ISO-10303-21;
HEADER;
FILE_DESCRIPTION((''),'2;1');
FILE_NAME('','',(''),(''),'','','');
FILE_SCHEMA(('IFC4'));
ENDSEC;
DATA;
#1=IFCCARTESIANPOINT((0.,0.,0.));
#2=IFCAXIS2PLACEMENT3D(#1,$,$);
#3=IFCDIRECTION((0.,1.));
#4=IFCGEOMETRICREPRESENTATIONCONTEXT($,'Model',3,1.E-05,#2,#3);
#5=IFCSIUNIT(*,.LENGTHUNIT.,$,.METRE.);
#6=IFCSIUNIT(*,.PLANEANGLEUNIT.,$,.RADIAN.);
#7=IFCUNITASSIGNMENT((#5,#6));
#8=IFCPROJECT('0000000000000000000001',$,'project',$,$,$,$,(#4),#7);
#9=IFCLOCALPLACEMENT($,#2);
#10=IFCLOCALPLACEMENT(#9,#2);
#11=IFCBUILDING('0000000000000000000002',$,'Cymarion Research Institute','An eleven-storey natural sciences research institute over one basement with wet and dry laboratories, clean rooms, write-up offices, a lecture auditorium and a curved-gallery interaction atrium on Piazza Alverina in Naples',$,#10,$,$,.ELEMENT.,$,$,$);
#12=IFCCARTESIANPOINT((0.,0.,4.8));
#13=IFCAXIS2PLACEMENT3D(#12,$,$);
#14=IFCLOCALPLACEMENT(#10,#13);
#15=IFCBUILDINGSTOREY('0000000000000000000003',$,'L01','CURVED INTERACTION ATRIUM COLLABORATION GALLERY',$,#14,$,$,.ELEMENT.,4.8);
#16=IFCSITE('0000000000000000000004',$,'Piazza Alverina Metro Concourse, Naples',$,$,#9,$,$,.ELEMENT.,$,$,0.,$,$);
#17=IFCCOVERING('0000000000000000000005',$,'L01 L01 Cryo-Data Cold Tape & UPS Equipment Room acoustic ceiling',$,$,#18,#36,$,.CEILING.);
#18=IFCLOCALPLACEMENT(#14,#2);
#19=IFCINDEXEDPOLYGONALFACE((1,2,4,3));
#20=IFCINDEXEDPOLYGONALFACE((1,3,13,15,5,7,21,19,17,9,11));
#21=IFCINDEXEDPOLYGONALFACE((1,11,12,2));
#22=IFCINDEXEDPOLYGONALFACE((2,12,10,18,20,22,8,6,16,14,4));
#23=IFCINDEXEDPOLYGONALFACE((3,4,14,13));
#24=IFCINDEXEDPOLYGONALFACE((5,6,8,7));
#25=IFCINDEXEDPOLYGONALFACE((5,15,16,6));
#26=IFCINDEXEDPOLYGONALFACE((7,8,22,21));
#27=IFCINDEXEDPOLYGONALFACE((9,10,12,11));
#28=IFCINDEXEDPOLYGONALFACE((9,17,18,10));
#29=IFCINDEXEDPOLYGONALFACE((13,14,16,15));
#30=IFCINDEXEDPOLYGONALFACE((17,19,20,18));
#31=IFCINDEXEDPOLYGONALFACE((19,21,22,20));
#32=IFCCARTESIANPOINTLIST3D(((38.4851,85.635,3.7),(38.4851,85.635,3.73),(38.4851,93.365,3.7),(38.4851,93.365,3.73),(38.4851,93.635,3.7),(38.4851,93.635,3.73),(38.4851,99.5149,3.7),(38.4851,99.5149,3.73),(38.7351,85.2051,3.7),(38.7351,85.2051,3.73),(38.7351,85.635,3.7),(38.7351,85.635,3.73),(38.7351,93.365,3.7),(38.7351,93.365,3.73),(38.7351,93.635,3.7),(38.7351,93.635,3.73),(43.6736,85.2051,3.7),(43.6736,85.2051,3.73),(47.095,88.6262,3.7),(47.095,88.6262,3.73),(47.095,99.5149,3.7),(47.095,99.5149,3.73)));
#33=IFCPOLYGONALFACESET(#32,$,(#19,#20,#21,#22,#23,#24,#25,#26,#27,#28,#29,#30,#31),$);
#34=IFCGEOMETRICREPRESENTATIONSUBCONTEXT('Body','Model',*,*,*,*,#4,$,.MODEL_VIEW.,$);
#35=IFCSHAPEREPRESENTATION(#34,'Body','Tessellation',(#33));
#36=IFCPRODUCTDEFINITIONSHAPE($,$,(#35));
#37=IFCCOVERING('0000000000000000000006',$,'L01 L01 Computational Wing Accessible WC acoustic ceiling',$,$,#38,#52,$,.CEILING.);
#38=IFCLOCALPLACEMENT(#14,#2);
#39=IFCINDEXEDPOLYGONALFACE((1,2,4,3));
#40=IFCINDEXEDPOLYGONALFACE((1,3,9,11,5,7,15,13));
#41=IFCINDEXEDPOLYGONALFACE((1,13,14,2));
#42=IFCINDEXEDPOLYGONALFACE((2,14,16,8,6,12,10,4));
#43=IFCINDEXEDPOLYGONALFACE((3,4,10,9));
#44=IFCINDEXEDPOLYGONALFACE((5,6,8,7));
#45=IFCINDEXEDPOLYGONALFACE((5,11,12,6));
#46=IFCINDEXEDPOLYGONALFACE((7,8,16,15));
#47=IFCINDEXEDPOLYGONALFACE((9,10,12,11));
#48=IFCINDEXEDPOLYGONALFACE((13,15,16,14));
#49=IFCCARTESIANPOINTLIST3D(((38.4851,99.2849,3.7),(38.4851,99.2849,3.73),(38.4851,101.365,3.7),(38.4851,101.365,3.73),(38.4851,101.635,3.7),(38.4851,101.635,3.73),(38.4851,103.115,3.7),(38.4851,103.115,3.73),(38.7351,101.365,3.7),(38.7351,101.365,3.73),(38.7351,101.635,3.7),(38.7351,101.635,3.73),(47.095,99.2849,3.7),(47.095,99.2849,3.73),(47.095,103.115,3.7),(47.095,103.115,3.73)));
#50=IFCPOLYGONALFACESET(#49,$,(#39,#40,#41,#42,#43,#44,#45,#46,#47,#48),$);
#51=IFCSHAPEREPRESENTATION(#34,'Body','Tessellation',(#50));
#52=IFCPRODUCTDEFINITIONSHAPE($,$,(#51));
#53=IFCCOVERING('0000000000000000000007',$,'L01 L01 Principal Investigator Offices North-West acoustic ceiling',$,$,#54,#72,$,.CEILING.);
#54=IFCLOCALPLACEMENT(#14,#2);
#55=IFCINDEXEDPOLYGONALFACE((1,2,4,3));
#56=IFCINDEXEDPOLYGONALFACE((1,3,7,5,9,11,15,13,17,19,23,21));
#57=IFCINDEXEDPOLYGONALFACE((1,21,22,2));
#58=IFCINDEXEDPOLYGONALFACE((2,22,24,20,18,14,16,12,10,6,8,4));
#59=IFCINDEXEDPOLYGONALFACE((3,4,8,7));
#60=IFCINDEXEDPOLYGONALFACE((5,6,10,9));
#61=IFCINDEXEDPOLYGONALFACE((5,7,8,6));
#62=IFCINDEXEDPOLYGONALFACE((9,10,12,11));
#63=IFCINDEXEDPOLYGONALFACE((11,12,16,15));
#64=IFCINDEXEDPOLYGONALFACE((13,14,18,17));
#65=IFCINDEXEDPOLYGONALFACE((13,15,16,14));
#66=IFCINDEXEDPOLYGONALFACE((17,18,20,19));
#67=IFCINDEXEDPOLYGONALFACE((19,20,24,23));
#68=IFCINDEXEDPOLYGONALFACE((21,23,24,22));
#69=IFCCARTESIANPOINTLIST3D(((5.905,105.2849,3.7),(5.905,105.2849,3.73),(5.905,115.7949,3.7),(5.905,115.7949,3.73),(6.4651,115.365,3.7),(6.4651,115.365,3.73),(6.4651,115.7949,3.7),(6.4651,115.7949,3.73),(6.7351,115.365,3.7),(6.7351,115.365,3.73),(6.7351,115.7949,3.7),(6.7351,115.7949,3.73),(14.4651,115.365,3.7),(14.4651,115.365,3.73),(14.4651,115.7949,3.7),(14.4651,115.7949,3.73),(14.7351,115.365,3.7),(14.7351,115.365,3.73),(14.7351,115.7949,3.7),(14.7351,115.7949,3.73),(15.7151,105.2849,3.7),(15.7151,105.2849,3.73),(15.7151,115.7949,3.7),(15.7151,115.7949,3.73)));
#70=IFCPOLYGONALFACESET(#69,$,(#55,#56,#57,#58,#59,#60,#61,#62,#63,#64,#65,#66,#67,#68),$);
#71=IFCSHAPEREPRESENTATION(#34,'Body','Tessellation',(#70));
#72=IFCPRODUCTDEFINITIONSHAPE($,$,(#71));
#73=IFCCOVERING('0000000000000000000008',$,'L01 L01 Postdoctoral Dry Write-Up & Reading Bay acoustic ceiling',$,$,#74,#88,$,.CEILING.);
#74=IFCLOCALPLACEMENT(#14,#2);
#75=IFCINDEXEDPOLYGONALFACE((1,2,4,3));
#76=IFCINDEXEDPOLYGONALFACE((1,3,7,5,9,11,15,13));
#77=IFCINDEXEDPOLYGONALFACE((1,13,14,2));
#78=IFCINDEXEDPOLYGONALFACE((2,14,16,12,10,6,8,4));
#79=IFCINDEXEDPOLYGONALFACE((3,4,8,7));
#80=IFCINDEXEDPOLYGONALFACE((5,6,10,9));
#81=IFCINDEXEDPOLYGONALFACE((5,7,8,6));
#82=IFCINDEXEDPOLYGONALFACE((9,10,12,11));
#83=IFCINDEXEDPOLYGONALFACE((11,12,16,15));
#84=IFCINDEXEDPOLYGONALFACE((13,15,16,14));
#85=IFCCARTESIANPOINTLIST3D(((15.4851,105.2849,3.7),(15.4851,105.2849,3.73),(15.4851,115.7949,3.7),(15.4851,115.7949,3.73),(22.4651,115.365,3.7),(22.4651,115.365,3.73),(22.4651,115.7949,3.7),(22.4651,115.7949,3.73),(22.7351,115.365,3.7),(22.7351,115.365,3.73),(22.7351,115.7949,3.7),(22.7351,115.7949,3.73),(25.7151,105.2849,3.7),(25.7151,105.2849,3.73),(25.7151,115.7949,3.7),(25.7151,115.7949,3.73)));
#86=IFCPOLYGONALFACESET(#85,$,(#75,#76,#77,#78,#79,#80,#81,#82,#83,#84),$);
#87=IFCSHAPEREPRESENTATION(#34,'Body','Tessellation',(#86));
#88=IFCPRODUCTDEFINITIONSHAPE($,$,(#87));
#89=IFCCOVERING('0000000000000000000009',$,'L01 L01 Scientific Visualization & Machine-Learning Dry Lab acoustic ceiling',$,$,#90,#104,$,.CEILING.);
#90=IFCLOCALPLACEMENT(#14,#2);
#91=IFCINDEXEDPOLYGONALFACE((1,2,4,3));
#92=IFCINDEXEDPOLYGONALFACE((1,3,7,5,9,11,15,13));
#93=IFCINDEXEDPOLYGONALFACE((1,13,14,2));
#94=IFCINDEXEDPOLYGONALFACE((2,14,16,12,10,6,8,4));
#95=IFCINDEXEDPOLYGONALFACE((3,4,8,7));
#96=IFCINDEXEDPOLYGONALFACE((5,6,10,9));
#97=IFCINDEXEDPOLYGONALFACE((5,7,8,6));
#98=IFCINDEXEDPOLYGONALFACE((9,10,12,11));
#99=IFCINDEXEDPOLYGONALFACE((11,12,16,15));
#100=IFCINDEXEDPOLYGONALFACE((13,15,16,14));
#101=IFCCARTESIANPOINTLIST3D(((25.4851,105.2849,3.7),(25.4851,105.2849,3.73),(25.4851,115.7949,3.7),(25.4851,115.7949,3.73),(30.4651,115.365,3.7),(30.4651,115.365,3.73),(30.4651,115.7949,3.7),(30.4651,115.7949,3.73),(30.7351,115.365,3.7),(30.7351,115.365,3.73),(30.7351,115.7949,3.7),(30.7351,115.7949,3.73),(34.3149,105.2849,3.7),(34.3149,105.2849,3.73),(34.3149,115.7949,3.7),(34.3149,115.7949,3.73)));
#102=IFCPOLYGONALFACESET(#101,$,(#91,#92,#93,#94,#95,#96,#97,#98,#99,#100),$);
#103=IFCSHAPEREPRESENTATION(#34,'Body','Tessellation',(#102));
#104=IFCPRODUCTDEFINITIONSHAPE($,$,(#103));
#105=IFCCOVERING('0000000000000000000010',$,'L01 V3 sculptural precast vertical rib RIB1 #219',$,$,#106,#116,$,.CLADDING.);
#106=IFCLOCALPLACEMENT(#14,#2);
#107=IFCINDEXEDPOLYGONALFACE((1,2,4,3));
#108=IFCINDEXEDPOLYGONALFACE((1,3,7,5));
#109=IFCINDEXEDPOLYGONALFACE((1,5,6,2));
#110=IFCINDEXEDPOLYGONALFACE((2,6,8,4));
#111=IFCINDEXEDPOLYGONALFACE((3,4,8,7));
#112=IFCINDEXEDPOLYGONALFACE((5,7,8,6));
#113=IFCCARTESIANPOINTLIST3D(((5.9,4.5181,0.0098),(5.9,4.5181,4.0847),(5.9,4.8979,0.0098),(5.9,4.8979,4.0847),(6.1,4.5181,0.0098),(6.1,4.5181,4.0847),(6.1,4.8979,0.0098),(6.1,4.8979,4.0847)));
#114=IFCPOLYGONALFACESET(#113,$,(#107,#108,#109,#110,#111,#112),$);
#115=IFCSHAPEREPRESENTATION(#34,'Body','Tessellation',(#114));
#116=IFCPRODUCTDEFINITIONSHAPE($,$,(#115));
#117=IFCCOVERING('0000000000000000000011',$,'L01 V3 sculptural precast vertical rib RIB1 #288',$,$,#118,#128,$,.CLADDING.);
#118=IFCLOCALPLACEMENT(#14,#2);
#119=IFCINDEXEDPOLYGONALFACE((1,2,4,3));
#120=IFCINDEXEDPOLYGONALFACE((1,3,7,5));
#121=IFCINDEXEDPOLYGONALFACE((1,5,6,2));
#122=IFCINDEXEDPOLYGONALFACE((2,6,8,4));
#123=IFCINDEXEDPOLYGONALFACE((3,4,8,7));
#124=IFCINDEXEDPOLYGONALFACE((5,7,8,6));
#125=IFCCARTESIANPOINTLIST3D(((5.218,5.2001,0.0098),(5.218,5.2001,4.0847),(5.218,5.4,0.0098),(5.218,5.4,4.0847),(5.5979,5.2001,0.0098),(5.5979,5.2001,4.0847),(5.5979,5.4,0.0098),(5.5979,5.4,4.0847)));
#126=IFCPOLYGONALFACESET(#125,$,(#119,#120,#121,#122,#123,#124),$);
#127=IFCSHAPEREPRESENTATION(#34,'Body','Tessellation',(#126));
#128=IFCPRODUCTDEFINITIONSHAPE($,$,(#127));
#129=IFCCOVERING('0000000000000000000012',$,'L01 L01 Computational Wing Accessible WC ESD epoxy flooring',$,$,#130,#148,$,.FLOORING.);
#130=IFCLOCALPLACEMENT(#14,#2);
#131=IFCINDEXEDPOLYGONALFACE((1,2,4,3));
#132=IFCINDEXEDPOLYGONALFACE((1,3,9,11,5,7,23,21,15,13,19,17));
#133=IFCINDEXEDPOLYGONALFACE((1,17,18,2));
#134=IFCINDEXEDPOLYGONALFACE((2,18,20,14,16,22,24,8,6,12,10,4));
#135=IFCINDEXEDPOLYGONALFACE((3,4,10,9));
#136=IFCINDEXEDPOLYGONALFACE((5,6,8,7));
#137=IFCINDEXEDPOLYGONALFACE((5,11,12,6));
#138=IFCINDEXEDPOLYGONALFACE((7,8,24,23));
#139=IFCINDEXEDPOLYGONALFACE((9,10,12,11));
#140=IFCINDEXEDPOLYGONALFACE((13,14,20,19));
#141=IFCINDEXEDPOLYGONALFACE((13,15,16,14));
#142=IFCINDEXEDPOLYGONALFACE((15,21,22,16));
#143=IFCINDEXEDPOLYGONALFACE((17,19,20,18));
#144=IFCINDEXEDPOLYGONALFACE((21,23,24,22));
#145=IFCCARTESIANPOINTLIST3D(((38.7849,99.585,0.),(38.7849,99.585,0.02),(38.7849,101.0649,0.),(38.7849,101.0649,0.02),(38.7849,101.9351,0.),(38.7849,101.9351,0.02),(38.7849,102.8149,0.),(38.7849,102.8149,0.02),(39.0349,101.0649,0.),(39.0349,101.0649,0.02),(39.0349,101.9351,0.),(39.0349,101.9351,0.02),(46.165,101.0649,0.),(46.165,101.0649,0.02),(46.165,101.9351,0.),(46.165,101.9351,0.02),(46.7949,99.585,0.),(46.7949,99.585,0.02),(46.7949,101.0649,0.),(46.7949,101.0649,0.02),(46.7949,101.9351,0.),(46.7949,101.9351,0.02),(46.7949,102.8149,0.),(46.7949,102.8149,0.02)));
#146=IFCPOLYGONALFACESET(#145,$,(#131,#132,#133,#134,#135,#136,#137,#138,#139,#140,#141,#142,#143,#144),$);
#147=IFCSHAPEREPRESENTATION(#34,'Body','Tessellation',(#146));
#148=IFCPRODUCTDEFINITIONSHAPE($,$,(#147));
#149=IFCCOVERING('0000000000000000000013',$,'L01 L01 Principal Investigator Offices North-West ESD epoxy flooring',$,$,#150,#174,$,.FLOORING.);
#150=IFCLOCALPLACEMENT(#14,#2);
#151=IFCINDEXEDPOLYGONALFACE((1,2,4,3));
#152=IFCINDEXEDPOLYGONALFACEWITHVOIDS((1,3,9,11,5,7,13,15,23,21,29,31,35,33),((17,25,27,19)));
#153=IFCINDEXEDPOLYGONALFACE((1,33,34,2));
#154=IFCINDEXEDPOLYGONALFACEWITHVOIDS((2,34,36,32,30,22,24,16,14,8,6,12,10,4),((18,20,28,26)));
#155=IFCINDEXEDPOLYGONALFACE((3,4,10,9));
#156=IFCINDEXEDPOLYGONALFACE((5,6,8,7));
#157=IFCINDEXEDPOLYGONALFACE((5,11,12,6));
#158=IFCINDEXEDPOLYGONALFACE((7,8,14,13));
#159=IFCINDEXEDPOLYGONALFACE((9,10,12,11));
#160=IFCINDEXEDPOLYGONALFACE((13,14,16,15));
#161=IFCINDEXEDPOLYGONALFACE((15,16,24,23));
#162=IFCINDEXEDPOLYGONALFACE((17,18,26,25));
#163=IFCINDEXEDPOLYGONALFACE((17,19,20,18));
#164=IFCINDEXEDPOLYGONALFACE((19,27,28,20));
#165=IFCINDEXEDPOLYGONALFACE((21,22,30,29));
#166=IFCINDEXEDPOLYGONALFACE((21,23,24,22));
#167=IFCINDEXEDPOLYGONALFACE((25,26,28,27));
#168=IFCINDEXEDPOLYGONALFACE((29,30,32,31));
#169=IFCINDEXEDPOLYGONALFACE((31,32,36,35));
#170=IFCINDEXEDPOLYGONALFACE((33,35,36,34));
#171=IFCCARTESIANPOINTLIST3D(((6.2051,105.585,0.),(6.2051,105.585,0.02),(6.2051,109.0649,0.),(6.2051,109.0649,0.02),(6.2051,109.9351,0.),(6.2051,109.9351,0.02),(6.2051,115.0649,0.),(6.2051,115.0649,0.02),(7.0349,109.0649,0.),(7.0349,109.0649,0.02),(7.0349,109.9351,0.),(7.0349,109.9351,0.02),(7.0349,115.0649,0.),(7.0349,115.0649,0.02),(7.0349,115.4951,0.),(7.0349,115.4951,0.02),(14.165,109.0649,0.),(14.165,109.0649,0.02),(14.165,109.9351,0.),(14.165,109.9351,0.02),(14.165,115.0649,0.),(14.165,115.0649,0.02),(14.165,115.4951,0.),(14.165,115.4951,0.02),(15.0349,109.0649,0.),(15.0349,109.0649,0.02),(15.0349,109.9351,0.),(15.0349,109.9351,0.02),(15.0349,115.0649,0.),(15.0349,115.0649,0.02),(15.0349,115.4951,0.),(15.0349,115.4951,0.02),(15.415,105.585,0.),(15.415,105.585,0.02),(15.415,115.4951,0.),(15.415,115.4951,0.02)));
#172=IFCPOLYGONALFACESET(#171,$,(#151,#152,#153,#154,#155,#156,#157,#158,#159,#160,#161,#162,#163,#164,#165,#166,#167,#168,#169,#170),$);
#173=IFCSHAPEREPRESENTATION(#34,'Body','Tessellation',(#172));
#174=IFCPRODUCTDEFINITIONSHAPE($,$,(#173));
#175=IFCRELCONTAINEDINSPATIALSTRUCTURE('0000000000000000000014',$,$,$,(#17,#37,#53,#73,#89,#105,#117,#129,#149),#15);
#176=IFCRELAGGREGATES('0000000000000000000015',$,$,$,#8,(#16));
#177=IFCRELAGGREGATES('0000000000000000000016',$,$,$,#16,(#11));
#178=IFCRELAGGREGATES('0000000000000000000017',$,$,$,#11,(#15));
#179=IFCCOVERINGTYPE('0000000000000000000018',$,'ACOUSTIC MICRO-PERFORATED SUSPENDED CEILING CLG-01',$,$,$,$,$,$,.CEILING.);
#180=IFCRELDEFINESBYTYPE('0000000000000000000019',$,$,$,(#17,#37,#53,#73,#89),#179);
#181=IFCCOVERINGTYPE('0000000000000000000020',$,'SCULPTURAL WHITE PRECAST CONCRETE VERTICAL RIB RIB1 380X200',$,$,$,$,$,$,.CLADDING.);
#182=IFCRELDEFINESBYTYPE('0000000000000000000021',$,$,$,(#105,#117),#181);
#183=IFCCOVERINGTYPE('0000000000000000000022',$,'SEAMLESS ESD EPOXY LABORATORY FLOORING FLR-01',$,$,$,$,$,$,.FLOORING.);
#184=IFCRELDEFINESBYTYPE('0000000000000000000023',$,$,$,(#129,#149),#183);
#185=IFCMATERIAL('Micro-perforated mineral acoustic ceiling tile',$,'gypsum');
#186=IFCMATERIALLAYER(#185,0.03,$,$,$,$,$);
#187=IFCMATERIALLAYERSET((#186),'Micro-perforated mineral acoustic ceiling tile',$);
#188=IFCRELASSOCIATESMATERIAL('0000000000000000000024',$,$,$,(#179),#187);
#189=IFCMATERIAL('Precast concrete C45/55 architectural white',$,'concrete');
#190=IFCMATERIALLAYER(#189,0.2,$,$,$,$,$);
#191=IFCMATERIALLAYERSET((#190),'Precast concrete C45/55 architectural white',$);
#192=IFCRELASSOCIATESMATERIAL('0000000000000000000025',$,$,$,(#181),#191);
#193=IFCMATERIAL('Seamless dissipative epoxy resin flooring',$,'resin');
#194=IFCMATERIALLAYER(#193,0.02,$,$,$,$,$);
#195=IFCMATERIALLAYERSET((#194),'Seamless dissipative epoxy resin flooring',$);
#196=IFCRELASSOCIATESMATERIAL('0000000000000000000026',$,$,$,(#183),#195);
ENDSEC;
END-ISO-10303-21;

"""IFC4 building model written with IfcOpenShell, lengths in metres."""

from ifc_helpers import new_model, si_unit, direction, frame, origin, origin_2d, place, context, subcontext, project, spatial, polyline, rectangle, outline, extrude, material, layer, layer_set, type_object, element, save


model = new_model("IFC4")

# Units and contexts
model_context = context("Model", 3, precision=1e-05, world=origin(), true_north=direction((0.0, 1.0)))
body_context = subcontext(model_context, "Body", "Model", "MODEL_VIEW")
ifc_project = project(units=[si_unit("LENGTHUNIT", "METRE"), si_unit("PLANEANGLEUNIT", "RADIAN")], contexts=[model_context])

# Site, building, storey
site_placement = place(None, origin())
site = spatial("IfcSite", under=ifc_project, at=site_placement, Name="Piazza Alverina Metro Concourse, Naples", CompositionType="ELEMENT", RefElevation=0.0)
building_placement = place(site_placement, origin())
building = spatial("IfcBuilding", under=site, at=building_placement, Name="Cymarion Research Institute", Description="An eleven-storey natural sciences research institute over one basement with wet and dry laboratories, clean rooms, write-up offices, a lecture auditorium and a curved-gallery interaction atrium on Piazza Alverina in Naples", CompositionType="ELEMENT")
storey_placement = place(building_placement, frame((0.0, 0.0, 4.8)))
storey = spatial("IfcBuildingStorey", under=building, at=storey_placement, Name="L01", Description="CURVED INTERACTION ATRIUM COLLABORATION GALLERY", CompositionType="ELEMENT", Elevation=4.8)

# Coverings
ifc_material_1 = material(Name="Micro-perforated mineral acoustic ceiling tile", Category="gypsum")
ifc_layer_1 = layer(ifc_material_1, 0.03)
ifc_layer_set_1 = layer_set([ifc_layer_1], Name="Micro-perforated mineral acoustic ceiling tile")
covering_type_1 = type_object("IfcCoveringType", Name="ACOUSTIC MICRO-PERFORATED SUSPENDED CEILING CLG-01", PredefinedType="CEILING", material=ifc_layer_set_1)
covering_1_placement = place(storey_placement, frame((0.0, 0.0, 3.7)))
element("IfcCovering", 1, at=covering_1_placement, inside=storey, type_object=covering_type_1, Name="L01 L01 Cryo-Data Cold Tape & UPS Equipment Room acoustic ceiling", PredefinedType="CEILING", context=body_context, shape_type="SweptSolid", body=[
    extrude(outline(polyline([(47.095, 88.6262), (43.6736, 85.2051), (38.7351, 85.2051), (38.7351, 85.635), (38.4851, 85.635), (38.4851, 93.365), (38.7351, 93.365), (38.7351, 93.635), (38.4851, 93.635), (38.4851, 99.5149), (47.095, 99.5149), (47.095, 88.6262)])), origin(), (0.0, 0.0, 1.0), 0.03),
])
covering_2_placement = place(storey_placement, frame((0.0, 0.0, 3.7)))
element("IfcCovering", 2, at=covering_2_placement, inside=storey, type_object=covering_type_1, Name="L01 L01 Computational Wing Accessible WC acoustic ceiling", PredefinedType="CEILING", context=body_context, shape_type="SweptSolid", body=[
    extrude(outline(polyline([(38.7351, 101.365), (38.7351, 101.635), (38.4851, 101.635), (38.4851, 103.115), (47.095, 103.115), (47.095, 99.2849), (38.4851, 99.2849), (38.4851, 101.365), (38.7351, 101.365)])), origin(), (0.0, 0.0, 1.0), 0.03),
])
covering_3_placement = place(storey_placement, frame((0.0, 0.0, 3.7)))
element("IfcCovering", 3, at=covering_3_placement, inside=storey, type_object=covering_type_1, Name="L01 L01 Principal Investigator Offices North-West acoustic ceiling", PredefinedType="CEILING", context=body_context, shape_type="SweptSolid", body=[
    extrude(outline(polyline([(5.905, 115.7949), (6.4651, 115.7949), (6.4651, 115.365), (6.7351, 115.365), (6.7351, 115.7949), (14.4651, 115.7949), (14.4651, 115.365), (14.7351, 115.365), (14.7351, 115.7949), (15.7151, 115.7949), (15.7151, 105.2849), (5.905, 105.2849), (5.905, 115.7949)])), origin(), (0.0, 0.0, 1.0), 0.03),
])
covering_4_placement = place(storey_placement, frame((0.0, 0.0, 3.7)))
element("IfcCovering", 4, at=covering_4_placement, inside=storey, type_object=covering_type_1, Name="L01 L01 Postdoctoral Dry Write-Up & Reading Bay acoustic ceiling", PredefinedType="CEILING", context=body_context, shape_type="SweptSolid", body=[
    extrude(outline(polyline([(15.4851, 115.7949), (22.4651, 115.7949), (22.4651, 115.365), (22.7351, 115.365), (22.7351, 115.7949), (25.7151, 115.7949), (25.7151, 105.2849), (15.4851, 105.2849), (15.4851, 115.7949)])), origin(), (0.0, 0.0, 1.0), 0.03),
])
covering_5_placement = place(storey_placement, frame((0.0, 0.0, 3.7)))
element("IfcCovering", 5, at=covering_5_placement, inside=storey, type_object=covering_type_1, Name="L01 L01 Scientific Visualization & Machine-Learning Dry Lab acoustic ceiling", PredefinedType="CEILING", context=body_context, shape_type="SweptSolid", body=[
    extrude(outline(polyline([(25.4851, 115.7949), (30.4651, 115.7949), (30.4651, 115.365), (30.7351, 115.365), (30.7351, 115.7949), (34.3149, 115.7949), (34.3149, 105.2849), (25.4851, 105.2849), (25.4851, 115.7949)])), origin(), (0.0, 0.0, 1.0), 0.03),
])
ifc_material_2 = material(Name="Precast concrete C45/55 architectural white", Category="concrete")
ifc_layer_2 = layer(ifc_material_2, 0.2)
ifc_layer_set_2 = layer_set([ifc_layer_2], Name="Precast concrete C45/55 architectural white")
covering_type_2 = type_object("IfcCoveringType", Name="SCULPTURAL WHITE PRECAST CONCRETE VERTICAL RIB RIB1 380X200", PredefinedType="CLADDING", material=ifc_layer_set_2)
for number, where, z_axis, x_axis, name in (
    (6, (6.0, 4.708, 0.0098), (0.0, 0.0, 1.0), (0.0, -1.0, 0.0), "L01 V3 sculptural precast vertical rib RIB1 #219"),
    (7, (5.408, 5.3, 0.0098), (0.0, 0.0, 1.0), (-1.0, 0.0, 0.0), "L01 V3 sculptural precast vertical rib RIB1 #288"),
):
    element("IfcCovering", number, at=place(storey_placement, frame(where, z_axis=z_axis, x_axis=x_axis)), inside=storey, type_object=covering_type_2, Name=name, PredefinedType="CLADDING", context=body_context, shape_type="SweptSolid", body=[
        extrude(rectangle(XDim=0.3799, YDim=0.2, at=origin_2d()), origin(), (0.0, 0.0, 1.0), 4.075),
    ])
ifc_material_3 = material(Name="Seamless dissipative epoxy resin flooring", Category="resin")
ifc_layer_3 = layer(ifc_material_3, 0.02)
ifc_layer_set_3 = layer_set([ifc_layer_3], Name="Seamless dissipative epoxy resin flooring")
covering_type_3 = type_object("IfcCoveringType", Name="SEAMLESS ESD EPOXY LABORATORY FLOORING FLR-01", PredefinedType="FLOORING", material=ifc_layer_set_3)
covering_6_placement = place(storey_placement, origin())
element("IfcCovering", 8, at=covering_6_placement, inside=storey, type_object=covering_type_3, Name="L01 L01 Computational Wing Accessible WC ESD epoxy flooring", PredefinedType="FLOORING", context=body_context, shape_type="SweptSolid", body=[
    extrude(outline(polyline([(38.7849, 101.0649), (39.0349, 101.0649), (39.0349, 101.9351), (38.7849, 101.9351), (38.7849, 102.8149), (46.7949, 102.8149), (46.7949, 101.9351), (46.165, 101.9351), (46.165, 101.0649), (46.7949, 101.0649), (46.7949, 99.585), (38.7849, 99.585), (38.7849, 101.0649)])), origin(), (0.0, 0.0, 1.0), 0.02),
])
covering_7_placement = place(storey_placement, origin())
element("IfcCovering", 9, at=covering_7_placement, inside=storey, type_object=covering_type_3, Name="L01 L01 Principal Investigator Offices North-West ESD epoxy flooring", PredefinedType="FLOORING", context=body_context, shape_type="SweptSolid", body=[
    extrude(outline(polyline([(6.2051, 105.585), (6.2051, 109.0649), (7.0349, 109.0649), (7.0349, 109.9351), (6.2051, 109.9351), (6.2051, 115.0649), (7.0349, 115.0649), (7.0349, 115.4951), (14.165, 115.4951), (14.165, 115.0649), (15.0349, 115.0649), (15.0349, 115.4951), (15.415, 115.4951), (15.415, 105.585), (6.2051, 105.585)]), holes=[polyline([(15.0349, 109.9351), (14.165, 109.9351), (14.165, 109.0649), (15.0349, 109.0649), (15.0349, 109.9351)])]), origin(), (0.0, 0.0, 1.0), 0.02),
])

save(model, "model.ifc")
